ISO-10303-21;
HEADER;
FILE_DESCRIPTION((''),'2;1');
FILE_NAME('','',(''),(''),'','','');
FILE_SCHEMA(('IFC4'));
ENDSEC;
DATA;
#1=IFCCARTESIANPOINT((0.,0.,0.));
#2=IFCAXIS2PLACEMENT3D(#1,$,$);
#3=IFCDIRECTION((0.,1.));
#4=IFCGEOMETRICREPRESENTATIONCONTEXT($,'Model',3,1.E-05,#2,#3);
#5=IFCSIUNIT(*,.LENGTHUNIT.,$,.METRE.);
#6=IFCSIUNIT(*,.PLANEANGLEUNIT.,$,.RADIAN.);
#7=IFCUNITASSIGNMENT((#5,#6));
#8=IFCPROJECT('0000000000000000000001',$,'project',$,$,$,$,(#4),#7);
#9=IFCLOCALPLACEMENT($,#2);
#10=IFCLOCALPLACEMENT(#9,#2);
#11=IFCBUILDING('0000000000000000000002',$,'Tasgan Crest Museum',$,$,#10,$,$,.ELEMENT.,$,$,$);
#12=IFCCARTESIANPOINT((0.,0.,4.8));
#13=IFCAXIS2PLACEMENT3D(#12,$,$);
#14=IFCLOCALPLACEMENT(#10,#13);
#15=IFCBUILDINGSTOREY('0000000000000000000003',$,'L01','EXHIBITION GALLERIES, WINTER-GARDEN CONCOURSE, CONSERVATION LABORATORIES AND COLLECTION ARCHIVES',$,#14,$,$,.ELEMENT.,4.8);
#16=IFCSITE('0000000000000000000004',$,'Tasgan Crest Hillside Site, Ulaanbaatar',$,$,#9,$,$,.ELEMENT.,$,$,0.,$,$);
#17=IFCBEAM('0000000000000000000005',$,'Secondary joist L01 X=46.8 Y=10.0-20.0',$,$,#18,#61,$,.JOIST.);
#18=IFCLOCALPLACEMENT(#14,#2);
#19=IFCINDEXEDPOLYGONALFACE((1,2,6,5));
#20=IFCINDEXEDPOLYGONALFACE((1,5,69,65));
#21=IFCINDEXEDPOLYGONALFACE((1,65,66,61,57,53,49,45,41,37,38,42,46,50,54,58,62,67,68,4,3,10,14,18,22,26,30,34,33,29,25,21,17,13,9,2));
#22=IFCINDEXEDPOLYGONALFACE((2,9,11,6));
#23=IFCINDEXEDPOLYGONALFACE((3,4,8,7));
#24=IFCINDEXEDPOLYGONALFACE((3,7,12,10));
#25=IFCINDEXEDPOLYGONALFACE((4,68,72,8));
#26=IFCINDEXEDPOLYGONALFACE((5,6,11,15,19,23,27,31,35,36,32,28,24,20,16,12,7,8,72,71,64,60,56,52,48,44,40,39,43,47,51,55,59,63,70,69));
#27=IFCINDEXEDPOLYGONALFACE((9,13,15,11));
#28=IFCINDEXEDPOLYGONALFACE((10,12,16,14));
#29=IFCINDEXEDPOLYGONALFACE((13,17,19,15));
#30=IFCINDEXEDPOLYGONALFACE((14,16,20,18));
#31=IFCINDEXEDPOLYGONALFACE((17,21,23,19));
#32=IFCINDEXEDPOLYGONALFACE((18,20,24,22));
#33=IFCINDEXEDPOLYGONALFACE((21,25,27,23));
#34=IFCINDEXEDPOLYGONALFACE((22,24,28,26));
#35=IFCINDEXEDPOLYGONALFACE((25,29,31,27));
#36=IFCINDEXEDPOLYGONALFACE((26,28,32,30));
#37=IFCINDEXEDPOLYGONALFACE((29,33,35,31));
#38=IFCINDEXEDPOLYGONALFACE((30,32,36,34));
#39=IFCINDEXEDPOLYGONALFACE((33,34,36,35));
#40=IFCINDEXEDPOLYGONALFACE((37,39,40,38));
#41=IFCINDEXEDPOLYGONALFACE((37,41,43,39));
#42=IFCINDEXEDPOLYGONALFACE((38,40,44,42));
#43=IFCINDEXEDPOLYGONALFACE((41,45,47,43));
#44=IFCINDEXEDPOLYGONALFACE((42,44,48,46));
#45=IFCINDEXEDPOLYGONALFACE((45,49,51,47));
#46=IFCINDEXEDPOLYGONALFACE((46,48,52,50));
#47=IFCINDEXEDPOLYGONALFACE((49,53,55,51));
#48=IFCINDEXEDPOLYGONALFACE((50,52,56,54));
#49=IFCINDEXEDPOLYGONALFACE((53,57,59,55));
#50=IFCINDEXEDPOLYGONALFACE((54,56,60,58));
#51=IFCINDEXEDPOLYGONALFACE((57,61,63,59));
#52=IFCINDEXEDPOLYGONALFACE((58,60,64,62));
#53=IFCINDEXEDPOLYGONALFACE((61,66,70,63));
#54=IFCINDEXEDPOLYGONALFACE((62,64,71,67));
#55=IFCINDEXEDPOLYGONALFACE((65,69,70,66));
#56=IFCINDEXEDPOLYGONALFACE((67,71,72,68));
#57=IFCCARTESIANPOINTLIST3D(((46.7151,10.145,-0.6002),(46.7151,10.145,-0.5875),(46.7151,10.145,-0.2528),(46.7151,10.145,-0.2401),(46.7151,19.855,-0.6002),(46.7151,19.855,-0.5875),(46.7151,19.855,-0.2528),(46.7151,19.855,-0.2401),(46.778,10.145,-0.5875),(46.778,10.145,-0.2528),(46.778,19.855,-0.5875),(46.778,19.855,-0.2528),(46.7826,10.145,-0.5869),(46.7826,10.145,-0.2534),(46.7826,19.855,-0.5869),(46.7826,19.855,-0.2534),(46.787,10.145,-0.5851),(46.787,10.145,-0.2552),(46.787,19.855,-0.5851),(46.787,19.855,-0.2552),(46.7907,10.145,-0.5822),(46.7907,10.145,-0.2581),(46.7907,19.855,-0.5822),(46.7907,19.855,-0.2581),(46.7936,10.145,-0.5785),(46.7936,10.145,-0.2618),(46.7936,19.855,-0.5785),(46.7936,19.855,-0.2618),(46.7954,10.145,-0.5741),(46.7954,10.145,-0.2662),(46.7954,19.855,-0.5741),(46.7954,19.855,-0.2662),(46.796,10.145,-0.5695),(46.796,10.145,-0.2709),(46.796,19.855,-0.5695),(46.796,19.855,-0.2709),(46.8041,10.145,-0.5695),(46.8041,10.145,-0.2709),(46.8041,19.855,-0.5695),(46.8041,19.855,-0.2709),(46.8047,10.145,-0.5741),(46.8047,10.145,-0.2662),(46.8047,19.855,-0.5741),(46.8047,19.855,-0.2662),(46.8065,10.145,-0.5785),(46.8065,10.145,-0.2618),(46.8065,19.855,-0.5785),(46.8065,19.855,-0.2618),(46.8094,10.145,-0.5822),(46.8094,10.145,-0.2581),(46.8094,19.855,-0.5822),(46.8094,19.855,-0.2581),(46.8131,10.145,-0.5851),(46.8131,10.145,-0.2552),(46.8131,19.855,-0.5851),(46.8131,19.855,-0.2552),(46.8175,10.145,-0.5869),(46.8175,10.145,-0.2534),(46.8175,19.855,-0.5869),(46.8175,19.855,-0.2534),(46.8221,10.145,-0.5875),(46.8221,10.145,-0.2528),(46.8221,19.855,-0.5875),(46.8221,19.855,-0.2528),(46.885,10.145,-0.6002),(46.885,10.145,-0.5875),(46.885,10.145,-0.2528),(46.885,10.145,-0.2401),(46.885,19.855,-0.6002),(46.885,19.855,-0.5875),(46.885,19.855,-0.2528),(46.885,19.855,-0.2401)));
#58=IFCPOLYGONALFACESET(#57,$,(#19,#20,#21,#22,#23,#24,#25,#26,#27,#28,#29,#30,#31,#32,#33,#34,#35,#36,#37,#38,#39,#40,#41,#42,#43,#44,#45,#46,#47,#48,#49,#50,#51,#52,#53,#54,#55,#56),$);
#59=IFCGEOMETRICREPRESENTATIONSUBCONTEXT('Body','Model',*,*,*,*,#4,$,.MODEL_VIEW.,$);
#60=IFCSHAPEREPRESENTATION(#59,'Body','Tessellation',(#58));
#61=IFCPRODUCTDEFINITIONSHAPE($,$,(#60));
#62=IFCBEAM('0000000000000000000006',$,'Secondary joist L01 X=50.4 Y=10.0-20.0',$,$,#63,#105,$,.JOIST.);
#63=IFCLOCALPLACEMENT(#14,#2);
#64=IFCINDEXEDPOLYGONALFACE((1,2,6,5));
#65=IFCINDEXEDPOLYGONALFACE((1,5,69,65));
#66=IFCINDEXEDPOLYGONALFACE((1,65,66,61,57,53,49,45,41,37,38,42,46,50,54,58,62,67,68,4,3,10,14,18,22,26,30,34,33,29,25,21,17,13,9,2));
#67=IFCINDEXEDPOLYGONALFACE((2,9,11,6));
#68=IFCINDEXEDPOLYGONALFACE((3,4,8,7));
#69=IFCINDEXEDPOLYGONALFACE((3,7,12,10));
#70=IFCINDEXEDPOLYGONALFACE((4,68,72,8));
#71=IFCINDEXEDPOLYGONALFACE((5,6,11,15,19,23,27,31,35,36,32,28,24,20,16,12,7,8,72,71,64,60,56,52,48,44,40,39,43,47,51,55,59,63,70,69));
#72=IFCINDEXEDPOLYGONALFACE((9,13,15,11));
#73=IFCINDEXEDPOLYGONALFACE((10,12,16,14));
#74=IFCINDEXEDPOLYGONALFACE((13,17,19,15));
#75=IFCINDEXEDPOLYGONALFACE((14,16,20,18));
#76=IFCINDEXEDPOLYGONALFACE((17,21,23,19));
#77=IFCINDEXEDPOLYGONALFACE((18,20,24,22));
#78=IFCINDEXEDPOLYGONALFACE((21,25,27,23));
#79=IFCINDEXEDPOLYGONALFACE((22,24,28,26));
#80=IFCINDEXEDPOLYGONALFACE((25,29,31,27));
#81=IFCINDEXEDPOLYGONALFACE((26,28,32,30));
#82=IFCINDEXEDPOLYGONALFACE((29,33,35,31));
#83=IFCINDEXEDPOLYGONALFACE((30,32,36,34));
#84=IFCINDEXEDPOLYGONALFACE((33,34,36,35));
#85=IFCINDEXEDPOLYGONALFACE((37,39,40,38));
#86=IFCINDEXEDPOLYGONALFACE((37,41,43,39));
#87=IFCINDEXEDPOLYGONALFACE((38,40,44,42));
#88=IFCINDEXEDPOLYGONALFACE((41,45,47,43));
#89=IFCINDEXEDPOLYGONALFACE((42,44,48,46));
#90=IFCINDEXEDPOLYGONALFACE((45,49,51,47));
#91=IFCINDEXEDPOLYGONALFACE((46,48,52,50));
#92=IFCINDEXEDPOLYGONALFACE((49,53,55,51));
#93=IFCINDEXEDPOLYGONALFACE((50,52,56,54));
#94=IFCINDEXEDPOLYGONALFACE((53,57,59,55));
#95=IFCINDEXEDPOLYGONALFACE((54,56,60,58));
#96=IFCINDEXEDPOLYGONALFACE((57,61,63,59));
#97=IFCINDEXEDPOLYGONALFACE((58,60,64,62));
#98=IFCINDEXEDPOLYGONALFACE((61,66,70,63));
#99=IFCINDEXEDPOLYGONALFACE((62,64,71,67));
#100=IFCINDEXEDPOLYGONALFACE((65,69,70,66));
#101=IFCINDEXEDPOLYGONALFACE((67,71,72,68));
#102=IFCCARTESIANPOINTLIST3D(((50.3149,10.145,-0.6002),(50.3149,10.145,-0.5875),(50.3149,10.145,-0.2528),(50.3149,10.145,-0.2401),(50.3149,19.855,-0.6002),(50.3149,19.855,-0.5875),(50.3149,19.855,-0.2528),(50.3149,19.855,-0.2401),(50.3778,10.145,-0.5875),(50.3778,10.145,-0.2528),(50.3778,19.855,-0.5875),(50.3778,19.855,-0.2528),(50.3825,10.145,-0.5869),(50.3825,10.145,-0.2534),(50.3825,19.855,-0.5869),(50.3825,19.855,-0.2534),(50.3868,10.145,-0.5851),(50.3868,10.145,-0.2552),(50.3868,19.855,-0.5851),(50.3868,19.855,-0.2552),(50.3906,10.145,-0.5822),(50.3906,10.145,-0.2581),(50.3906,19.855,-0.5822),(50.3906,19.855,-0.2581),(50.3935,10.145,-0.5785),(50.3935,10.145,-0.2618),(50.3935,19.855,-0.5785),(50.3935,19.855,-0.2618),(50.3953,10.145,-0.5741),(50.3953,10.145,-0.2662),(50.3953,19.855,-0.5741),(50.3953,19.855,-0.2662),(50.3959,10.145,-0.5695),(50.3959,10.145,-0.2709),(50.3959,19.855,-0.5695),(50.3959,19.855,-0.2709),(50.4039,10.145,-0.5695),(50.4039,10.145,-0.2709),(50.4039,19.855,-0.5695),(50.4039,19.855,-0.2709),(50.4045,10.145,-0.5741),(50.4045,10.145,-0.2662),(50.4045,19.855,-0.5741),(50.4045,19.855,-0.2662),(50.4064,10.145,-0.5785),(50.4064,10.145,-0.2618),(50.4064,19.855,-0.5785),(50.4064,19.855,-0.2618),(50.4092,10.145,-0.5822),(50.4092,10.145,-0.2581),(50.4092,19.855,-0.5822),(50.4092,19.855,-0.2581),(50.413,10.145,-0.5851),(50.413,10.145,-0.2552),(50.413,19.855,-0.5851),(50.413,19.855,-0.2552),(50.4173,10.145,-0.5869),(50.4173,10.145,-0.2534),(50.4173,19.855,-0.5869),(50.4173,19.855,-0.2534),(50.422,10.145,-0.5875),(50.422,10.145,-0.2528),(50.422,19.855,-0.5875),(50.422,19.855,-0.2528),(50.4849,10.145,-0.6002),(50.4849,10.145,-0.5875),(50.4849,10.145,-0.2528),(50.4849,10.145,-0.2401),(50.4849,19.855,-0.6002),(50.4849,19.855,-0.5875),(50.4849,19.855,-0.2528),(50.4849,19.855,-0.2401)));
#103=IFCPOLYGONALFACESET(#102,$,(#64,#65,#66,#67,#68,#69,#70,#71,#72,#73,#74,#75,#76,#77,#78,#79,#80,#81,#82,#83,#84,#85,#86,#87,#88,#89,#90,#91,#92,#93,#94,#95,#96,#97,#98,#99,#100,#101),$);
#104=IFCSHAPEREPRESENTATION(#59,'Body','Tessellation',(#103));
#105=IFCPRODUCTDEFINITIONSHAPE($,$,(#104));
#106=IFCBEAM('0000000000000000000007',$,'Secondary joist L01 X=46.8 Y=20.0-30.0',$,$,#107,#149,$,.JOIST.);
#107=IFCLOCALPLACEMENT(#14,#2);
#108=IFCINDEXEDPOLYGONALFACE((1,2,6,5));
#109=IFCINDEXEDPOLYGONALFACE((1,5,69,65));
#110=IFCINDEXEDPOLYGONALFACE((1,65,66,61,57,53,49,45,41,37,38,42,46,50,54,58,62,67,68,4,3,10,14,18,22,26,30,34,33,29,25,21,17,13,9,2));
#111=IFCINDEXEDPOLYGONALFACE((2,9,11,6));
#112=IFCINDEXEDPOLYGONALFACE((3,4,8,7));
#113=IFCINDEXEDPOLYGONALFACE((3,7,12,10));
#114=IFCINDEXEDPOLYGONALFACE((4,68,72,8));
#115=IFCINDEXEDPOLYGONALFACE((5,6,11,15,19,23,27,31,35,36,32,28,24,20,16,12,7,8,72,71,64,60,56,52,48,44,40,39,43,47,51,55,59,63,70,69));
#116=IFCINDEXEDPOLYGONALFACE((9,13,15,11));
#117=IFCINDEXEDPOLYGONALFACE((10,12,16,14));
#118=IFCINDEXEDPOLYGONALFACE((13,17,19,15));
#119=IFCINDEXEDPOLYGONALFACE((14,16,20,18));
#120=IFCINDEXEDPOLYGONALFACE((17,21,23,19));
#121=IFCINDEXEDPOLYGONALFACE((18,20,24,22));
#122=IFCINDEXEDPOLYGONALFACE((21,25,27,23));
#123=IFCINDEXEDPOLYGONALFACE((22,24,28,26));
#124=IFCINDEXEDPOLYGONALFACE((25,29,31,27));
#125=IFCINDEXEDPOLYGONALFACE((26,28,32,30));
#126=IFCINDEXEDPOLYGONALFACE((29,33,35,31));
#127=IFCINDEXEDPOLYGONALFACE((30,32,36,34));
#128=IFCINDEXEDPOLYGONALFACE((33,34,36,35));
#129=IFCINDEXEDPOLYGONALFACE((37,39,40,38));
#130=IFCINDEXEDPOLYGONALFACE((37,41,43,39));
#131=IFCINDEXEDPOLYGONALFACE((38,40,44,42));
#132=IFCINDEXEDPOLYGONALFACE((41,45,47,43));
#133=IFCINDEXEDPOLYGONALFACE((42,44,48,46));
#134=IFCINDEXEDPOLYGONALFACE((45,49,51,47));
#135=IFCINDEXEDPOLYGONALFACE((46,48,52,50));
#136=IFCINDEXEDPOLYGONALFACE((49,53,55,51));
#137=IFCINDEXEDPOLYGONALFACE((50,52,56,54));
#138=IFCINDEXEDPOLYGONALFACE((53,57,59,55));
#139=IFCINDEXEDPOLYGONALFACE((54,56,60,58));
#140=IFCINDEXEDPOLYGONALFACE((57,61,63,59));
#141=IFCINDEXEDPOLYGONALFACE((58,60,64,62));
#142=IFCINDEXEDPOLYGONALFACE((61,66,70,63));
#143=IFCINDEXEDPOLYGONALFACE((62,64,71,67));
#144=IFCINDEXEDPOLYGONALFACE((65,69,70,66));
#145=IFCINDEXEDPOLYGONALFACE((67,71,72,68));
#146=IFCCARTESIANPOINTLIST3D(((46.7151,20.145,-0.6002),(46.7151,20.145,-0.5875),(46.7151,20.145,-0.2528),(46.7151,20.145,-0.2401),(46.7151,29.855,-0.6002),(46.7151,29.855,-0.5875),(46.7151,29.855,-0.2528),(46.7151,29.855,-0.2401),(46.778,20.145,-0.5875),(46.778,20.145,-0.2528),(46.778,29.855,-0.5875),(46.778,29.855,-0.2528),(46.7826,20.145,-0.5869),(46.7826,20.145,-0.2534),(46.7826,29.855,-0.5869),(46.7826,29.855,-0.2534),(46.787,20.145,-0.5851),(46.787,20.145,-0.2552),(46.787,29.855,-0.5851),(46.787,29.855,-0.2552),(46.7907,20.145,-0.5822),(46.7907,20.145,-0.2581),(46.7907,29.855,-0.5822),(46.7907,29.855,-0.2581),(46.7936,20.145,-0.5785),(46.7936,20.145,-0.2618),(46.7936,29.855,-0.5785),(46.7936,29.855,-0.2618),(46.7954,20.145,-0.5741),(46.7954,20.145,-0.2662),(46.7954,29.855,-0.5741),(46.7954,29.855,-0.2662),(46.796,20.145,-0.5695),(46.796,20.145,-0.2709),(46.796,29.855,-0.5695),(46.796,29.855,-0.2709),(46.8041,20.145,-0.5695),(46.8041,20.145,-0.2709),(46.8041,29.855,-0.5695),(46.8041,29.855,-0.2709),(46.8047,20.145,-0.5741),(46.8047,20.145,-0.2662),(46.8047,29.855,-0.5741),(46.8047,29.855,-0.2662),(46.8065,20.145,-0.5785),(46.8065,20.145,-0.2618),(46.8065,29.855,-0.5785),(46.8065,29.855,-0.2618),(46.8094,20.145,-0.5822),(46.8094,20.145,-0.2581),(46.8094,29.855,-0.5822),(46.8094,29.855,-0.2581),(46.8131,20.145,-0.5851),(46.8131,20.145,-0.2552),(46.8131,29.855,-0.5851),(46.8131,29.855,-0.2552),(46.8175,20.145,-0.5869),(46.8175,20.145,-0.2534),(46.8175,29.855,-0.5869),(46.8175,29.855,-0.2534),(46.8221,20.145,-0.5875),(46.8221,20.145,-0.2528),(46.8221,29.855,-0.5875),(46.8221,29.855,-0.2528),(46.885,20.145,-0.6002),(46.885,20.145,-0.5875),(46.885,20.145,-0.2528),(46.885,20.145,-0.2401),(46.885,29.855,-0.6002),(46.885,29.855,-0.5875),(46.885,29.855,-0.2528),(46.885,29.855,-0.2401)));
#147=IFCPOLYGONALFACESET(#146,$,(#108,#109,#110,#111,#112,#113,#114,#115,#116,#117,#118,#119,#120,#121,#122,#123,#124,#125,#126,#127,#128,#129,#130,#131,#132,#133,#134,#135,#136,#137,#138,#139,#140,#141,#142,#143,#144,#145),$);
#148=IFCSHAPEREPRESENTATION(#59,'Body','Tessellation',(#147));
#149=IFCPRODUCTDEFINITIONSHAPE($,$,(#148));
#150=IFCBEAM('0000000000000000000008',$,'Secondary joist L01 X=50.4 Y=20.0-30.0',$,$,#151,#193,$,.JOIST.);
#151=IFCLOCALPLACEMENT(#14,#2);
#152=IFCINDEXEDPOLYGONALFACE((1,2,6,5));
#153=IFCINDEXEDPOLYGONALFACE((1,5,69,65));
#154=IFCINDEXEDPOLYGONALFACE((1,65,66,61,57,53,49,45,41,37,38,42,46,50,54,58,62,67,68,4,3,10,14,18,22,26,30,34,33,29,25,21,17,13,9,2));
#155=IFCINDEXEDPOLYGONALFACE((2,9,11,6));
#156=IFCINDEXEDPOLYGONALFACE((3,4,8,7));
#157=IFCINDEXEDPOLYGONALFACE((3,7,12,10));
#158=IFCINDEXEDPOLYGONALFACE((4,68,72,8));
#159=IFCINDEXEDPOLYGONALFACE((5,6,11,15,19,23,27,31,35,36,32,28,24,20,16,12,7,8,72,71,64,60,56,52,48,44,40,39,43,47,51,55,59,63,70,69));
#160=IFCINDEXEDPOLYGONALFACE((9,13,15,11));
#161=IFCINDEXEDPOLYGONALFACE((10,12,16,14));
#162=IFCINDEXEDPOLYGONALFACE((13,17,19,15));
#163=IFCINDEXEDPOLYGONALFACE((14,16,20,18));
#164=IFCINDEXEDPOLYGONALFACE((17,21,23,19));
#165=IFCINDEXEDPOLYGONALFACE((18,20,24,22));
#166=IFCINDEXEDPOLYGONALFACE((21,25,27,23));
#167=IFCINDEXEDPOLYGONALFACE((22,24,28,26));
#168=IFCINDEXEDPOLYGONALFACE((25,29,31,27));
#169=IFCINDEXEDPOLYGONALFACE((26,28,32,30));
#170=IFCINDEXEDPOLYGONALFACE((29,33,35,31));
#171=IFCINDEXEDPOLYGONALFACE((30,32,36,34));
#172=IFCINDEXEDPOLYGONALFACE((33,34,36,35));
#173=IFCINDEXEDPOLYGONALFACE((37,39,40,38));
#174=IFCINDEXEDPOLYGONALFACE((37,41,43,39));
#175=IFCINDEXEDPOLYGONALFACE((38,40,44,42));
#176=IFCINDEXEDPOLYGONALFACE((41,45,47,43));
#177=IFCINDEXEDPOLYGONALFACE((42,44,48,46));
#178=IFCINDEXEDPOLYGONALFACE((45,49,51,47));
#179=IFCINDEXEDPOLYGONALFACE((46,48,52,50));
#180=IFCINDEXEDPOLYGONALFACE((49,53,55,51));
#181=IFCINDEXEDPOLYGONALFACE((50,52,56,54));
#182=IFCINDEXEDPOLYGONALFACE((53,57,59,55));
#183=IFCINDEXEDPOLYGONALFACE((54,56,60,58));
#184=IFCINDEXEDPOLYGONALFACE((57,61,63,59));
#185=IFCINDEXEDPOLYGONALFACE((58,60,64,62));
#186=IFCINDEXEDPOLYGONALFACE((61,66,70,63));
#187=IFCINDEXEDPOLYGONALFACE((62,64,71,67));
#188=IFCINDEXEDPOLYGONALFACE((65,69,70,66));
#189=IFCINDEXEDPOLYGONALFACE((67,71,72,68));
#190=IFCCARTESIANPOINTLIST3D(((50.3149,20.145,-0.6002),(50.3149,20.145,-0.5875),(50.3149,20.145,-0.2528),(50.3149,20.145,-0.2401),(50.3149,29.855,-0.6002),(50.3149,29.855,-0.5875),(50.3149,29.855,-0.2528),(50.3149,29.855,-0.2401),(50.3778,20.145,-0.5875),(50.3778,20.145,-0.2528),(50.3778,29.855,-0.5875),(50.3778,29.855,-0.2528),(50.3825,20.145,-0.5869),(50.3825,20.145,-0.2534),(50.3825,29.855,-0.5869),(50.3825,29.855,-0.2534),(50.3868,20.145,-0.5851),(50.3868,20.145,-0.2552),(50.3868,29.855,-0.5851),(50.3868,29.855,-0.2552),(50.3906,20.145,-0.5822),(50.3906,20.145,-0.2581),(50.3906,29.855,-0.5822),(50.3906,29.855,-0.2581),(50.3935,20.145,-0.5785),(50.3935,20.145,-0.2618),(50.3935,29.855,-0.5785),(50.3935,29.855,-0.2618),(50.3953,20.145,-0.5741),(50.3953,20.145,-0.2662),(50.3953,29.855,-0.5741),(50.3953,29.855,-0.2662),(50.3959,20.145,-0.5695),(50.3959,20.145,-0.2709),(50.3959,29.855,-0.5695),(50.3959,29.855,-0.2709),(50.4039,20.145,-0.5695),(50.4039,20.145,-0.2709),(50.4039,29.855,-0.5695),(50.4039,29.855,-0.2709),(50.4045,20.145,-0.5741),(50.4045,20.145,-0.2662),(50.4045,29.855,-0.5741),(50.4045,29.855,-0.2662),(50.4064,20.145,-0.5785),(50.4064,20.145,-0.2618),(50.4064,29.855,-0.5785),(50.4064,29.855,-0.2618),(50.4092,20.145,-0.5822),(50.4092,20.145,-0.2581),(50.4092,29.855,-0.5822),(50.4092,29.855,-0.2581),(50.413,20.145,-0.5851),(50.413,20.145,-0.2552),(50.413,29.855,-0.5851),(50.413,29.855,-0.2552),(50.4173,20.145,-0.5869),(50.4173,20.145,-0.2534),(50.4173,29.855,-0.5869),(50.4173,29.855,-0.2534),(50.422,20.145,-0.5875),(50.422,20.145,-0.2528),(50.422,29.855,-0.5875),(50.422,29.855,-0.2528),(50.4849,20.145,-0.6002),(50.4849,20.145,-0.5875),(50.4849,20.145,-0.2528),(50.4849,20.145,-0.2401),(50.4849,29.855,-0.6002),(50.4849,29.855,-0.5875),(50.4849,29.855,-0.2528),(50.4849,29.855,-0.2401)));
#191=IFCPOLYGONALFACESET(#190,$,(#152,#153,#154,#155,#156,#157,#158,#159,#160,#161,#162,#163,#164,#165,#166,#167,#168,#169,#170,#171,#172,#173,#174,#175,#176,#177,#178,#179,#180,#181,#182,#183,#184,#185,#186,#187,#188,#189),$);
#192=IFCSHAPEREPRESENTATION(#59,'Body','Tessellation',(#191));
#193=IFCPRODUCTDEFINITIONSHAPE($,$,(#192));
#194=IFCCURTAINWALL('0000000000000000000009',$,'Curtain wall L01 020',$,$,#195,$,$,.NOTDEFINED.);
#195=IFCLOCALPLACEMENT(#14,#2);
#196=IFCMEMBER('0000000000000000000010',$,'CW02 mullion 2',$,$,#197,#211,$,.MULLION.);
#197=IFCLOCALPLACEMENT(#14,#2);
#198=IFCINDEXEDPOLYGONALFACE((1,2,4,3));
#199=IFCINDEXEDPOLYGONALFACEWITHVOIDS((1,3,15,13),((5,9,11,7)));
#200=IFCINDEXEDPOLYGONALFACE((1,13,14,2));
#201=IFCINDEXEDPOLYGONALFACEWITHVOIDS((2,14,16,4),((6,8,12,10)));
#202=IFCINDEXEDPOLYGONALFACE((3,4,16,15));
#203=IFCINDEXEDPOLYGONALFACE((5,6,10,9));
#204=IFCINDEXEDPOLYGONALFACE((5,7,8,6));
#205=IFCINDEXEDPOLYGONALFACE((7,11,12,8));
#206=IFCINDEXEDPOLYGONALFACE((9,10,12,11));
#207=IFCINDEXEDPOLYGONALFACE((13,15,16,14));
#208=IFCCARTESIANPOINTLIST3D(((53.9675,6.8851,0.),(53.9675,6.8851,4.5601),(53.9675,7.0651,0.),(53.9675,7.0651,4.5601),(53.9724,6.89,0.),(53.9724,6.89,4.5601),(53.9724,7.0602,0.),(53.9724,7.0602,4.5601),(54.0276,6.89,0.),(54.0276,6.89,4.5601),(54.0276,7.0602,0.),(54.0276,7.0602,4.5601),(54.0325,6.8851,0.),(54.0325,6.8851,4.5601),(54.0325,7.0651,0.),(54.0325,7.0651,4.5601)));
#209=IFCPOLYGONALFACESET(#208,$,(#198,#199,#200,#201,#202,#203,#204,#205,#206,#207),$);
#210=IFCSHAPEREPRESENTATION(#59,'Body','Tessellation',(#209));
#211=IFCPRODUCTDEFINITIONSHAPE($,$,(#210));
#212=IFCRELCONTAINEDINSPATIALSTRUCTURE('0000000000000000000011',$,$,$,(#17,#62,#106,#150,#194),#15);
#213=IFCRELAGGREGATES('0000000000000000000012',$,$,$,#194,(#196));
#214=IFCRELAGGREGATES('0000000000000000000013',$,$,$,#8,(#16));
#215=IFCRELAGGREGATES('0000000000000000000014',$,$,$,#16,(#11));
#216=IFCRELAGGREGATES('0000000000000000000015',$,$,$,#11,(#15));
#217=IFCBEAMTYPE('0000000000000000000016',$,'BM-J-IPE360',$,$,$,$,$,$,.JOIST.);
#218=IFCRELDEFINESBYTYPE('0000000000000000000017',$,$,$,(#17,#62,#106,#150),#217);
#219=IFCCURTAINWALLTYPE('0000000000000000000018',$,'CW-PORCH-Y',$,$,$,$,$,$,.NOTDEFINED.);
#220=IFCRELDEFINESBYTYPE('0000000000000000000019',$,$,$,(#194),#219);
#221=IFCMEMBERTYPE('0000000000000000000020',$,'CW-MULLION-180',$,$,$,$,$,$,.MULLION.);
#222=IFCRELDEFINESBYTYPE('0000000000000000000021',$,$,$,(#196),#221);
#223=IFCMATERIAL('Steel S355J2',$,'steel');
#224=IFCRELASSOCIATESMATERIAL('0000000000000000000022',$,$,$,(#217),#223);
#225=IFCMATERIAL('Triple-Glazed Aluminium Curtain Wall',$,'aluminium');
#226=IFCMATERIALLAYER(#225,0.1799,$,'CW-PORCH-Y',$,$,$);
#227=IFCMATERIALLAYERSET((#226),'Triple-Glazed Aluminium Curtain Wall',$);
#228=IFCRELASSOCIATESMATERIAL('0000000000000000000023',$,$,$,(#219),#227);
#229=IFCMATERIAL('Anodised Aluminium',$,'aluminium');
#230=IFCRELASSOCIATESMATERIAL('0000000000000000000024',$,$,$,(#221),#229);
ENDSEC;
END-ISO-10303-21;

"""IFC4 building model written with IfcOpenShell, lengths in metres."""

from ifc_helpers import new_model, si_unit, direction, frame, origin, origin_2d, place, context, subcontext, project, spatial, hollow_rectangle, i_section, extrude, material, layer, layer_set, material_profile, profile_set, type_object, element, aggregate, save


model = new_model("IFC4")

# Units and contexts
model_context = context("Model", 3, precision=1e-05, world=origin(), true_north=direction((0.0, 1.0)))
body_context = subcontext(model_context, "Body", "Model", "MODEL_VIEW")
ifc_project = project(units=[si_unit("LENGTHUNIT", "METRE"), si_unit("PLANEANGLEUNIT", "RADIAN")], contexts=[model_context])

# Site, building, storey
site_placement = place(None, origin())
site = spatial("IfcSite", under=ifc_project, at=site_placement, Name="Tasgan Crest Hillside Site, Ulaanbaatar", CompositionType="ELEMENT", RefElevation=0.0)
building_placement = place(site_placement, origin())
building = spatial("IfcBuilding", under=site, at=building_placement, Name="Tasgan Crest Museum", CompositionType="ELEMENT")
storey_placement = place(building_placement, frame((0.0, 0.0, 4.8)))
storey = spatial("IfcBuildingStorey", under=building, at=storey_placement, Name="L01", Description="EXHIBITION GALLERIES, WINTER-GARDEN CONCOURSE, CONSERVATION LABORATORIES AND COLLECTION ARCHIVES", CompositionType="ELEMENT", Elevation=4.8)

# Beams
ifc_material_1 = material(Name="Steel S355J2", Category="steel")
ifc_material_profile_1 = material_profile(ifc_material_1, i_section(OverallWidth=0.1699, OverallDepth=0.3601, WebThickness=0.0081, FlangeThickness=0.0127, FilletRadius=0.0181, at=origin_2d()), Name="IPE 360")
ifc_profile_set_1 = profile_set([ifc_material_profile_1], Name="Steel S355J2")
beam_type_1 = type_object("IfcBeamType", Name="BM-J-IPE360", PredefinedType="JOIST", material=ifc_profile_set_1)
for number, where, z_axis, x_axis, name in (
    (1, (46.8, 10.145, -0.4202), (0.0, 1.0, 0.0), (-1.0, 0.0, 0.0), "Secondary joist L01 X=46.8 Y=10.0-20.0"),
    (2, (50.3999, 10.145, -0.4202), (0.0, 1.0, 0.0), (-1.0, 0.0, 0.0), "Secondary joist L01 X=50.4 Y=10.0-20.0"),
    (3, (46.8, 20.145, -0.4202), (0.0, 1.0, 0.0), (-1.0, 0.0, 0.0), "Secondary joist L01 X=46.8 Y=20.0-30.0"),
    (4, (50.3999, 20.145, -0.4202), (0.0, 1.0, 0.0), (-1.0, 0.0, 0.0), "Secondary joist L01 X=50.4 Y=20.0-30.0"),
):
    element("IfcBeam", number, at=place(storey_placement, frame(where, z_axis=z_axis, x_axis=x_axis)), inside=storey, type_object=beam_type_1, Name=name, PredefinedType="JOIST", context=body_context, shape_type="SweptSolid", body=[
        extrude(i_section(OverallWidth=0.1699, OverallDepth=0.3601, WebThickness=0.0081, FlangeThickness=0.0127, FilletRadius=0.0181, at=origin_2d()), origin(), (0.0, 0.0, 1.0), 9.71),
    ])

# Curtain wall, member
ifc_material_2 = material(Name="Triple-Glazed Aluminium Curtain Wall", Category="aluminium")
ifc_layer_1 = layer(ifc_material_2, 0.1799, Name="CW-PORCH-Y")
ifc_layer_set_1 = layer_set([ifc_layer_1], Name="Triple-Glazed Aluminium Curtain Wall")
curtain_wall_type = type_object("IfcCurtainWallType", Name="CW-PORCH-Y", PredefinedType="NOTDEFINED", material=ifc_layer_set_1)
curtain_wall_placement = place(storey_placement, origin())
curtain_wall = element("IfcCurtainWall", 5, at=curtain_wall_placement, inside=storey, type_object=curtain_wall_type, Name="Curtain wall L01 020", PredefinedType="NOTDEFINED")
ifc_material_3 = material(Name="Anodised Aluminium", Category="aluminium")
ifc_material_profile_2 = material_profile(ifc_material_3, hollow_rectangle(XDim=0.0649, YDim=0.1799, WallThickness=0.0049, at=origin_2d()), Name="ALU MULLION 180x65x5")
ifc_profile_set_2 = profile_set([ifc_material_profile_2], Name="Anodised Aluminium")
member_type = type_object("IfcMemberType", Name="CW-MULLION-180", PredefinedType="MULLION", material=ifc_profile_set_2)
member_placement = place(storey_placement, frame((54.0, 6.9751, 0.0), z_axis=(0.0, 0.0, 1.0), x_axis=(-1.0, 0.0, 0.0)))
member = element("IfcMember", 6, at=member_placement, type_object=member_type, Name="CW02 mullion 2", PredefinedType="MULLION", context=body_context, shape_type="SweptSolid", body=[
    extrude(hollow_rectangle(XDim=0.0649, YDim=0.1799, WallThickness=0.0049, at=origin_2d()), origin(), (0.0, 0.0, 1.0), 4.5601),
])
aggregate(curtain_wall, [member])

save(model, "model.ifc")
